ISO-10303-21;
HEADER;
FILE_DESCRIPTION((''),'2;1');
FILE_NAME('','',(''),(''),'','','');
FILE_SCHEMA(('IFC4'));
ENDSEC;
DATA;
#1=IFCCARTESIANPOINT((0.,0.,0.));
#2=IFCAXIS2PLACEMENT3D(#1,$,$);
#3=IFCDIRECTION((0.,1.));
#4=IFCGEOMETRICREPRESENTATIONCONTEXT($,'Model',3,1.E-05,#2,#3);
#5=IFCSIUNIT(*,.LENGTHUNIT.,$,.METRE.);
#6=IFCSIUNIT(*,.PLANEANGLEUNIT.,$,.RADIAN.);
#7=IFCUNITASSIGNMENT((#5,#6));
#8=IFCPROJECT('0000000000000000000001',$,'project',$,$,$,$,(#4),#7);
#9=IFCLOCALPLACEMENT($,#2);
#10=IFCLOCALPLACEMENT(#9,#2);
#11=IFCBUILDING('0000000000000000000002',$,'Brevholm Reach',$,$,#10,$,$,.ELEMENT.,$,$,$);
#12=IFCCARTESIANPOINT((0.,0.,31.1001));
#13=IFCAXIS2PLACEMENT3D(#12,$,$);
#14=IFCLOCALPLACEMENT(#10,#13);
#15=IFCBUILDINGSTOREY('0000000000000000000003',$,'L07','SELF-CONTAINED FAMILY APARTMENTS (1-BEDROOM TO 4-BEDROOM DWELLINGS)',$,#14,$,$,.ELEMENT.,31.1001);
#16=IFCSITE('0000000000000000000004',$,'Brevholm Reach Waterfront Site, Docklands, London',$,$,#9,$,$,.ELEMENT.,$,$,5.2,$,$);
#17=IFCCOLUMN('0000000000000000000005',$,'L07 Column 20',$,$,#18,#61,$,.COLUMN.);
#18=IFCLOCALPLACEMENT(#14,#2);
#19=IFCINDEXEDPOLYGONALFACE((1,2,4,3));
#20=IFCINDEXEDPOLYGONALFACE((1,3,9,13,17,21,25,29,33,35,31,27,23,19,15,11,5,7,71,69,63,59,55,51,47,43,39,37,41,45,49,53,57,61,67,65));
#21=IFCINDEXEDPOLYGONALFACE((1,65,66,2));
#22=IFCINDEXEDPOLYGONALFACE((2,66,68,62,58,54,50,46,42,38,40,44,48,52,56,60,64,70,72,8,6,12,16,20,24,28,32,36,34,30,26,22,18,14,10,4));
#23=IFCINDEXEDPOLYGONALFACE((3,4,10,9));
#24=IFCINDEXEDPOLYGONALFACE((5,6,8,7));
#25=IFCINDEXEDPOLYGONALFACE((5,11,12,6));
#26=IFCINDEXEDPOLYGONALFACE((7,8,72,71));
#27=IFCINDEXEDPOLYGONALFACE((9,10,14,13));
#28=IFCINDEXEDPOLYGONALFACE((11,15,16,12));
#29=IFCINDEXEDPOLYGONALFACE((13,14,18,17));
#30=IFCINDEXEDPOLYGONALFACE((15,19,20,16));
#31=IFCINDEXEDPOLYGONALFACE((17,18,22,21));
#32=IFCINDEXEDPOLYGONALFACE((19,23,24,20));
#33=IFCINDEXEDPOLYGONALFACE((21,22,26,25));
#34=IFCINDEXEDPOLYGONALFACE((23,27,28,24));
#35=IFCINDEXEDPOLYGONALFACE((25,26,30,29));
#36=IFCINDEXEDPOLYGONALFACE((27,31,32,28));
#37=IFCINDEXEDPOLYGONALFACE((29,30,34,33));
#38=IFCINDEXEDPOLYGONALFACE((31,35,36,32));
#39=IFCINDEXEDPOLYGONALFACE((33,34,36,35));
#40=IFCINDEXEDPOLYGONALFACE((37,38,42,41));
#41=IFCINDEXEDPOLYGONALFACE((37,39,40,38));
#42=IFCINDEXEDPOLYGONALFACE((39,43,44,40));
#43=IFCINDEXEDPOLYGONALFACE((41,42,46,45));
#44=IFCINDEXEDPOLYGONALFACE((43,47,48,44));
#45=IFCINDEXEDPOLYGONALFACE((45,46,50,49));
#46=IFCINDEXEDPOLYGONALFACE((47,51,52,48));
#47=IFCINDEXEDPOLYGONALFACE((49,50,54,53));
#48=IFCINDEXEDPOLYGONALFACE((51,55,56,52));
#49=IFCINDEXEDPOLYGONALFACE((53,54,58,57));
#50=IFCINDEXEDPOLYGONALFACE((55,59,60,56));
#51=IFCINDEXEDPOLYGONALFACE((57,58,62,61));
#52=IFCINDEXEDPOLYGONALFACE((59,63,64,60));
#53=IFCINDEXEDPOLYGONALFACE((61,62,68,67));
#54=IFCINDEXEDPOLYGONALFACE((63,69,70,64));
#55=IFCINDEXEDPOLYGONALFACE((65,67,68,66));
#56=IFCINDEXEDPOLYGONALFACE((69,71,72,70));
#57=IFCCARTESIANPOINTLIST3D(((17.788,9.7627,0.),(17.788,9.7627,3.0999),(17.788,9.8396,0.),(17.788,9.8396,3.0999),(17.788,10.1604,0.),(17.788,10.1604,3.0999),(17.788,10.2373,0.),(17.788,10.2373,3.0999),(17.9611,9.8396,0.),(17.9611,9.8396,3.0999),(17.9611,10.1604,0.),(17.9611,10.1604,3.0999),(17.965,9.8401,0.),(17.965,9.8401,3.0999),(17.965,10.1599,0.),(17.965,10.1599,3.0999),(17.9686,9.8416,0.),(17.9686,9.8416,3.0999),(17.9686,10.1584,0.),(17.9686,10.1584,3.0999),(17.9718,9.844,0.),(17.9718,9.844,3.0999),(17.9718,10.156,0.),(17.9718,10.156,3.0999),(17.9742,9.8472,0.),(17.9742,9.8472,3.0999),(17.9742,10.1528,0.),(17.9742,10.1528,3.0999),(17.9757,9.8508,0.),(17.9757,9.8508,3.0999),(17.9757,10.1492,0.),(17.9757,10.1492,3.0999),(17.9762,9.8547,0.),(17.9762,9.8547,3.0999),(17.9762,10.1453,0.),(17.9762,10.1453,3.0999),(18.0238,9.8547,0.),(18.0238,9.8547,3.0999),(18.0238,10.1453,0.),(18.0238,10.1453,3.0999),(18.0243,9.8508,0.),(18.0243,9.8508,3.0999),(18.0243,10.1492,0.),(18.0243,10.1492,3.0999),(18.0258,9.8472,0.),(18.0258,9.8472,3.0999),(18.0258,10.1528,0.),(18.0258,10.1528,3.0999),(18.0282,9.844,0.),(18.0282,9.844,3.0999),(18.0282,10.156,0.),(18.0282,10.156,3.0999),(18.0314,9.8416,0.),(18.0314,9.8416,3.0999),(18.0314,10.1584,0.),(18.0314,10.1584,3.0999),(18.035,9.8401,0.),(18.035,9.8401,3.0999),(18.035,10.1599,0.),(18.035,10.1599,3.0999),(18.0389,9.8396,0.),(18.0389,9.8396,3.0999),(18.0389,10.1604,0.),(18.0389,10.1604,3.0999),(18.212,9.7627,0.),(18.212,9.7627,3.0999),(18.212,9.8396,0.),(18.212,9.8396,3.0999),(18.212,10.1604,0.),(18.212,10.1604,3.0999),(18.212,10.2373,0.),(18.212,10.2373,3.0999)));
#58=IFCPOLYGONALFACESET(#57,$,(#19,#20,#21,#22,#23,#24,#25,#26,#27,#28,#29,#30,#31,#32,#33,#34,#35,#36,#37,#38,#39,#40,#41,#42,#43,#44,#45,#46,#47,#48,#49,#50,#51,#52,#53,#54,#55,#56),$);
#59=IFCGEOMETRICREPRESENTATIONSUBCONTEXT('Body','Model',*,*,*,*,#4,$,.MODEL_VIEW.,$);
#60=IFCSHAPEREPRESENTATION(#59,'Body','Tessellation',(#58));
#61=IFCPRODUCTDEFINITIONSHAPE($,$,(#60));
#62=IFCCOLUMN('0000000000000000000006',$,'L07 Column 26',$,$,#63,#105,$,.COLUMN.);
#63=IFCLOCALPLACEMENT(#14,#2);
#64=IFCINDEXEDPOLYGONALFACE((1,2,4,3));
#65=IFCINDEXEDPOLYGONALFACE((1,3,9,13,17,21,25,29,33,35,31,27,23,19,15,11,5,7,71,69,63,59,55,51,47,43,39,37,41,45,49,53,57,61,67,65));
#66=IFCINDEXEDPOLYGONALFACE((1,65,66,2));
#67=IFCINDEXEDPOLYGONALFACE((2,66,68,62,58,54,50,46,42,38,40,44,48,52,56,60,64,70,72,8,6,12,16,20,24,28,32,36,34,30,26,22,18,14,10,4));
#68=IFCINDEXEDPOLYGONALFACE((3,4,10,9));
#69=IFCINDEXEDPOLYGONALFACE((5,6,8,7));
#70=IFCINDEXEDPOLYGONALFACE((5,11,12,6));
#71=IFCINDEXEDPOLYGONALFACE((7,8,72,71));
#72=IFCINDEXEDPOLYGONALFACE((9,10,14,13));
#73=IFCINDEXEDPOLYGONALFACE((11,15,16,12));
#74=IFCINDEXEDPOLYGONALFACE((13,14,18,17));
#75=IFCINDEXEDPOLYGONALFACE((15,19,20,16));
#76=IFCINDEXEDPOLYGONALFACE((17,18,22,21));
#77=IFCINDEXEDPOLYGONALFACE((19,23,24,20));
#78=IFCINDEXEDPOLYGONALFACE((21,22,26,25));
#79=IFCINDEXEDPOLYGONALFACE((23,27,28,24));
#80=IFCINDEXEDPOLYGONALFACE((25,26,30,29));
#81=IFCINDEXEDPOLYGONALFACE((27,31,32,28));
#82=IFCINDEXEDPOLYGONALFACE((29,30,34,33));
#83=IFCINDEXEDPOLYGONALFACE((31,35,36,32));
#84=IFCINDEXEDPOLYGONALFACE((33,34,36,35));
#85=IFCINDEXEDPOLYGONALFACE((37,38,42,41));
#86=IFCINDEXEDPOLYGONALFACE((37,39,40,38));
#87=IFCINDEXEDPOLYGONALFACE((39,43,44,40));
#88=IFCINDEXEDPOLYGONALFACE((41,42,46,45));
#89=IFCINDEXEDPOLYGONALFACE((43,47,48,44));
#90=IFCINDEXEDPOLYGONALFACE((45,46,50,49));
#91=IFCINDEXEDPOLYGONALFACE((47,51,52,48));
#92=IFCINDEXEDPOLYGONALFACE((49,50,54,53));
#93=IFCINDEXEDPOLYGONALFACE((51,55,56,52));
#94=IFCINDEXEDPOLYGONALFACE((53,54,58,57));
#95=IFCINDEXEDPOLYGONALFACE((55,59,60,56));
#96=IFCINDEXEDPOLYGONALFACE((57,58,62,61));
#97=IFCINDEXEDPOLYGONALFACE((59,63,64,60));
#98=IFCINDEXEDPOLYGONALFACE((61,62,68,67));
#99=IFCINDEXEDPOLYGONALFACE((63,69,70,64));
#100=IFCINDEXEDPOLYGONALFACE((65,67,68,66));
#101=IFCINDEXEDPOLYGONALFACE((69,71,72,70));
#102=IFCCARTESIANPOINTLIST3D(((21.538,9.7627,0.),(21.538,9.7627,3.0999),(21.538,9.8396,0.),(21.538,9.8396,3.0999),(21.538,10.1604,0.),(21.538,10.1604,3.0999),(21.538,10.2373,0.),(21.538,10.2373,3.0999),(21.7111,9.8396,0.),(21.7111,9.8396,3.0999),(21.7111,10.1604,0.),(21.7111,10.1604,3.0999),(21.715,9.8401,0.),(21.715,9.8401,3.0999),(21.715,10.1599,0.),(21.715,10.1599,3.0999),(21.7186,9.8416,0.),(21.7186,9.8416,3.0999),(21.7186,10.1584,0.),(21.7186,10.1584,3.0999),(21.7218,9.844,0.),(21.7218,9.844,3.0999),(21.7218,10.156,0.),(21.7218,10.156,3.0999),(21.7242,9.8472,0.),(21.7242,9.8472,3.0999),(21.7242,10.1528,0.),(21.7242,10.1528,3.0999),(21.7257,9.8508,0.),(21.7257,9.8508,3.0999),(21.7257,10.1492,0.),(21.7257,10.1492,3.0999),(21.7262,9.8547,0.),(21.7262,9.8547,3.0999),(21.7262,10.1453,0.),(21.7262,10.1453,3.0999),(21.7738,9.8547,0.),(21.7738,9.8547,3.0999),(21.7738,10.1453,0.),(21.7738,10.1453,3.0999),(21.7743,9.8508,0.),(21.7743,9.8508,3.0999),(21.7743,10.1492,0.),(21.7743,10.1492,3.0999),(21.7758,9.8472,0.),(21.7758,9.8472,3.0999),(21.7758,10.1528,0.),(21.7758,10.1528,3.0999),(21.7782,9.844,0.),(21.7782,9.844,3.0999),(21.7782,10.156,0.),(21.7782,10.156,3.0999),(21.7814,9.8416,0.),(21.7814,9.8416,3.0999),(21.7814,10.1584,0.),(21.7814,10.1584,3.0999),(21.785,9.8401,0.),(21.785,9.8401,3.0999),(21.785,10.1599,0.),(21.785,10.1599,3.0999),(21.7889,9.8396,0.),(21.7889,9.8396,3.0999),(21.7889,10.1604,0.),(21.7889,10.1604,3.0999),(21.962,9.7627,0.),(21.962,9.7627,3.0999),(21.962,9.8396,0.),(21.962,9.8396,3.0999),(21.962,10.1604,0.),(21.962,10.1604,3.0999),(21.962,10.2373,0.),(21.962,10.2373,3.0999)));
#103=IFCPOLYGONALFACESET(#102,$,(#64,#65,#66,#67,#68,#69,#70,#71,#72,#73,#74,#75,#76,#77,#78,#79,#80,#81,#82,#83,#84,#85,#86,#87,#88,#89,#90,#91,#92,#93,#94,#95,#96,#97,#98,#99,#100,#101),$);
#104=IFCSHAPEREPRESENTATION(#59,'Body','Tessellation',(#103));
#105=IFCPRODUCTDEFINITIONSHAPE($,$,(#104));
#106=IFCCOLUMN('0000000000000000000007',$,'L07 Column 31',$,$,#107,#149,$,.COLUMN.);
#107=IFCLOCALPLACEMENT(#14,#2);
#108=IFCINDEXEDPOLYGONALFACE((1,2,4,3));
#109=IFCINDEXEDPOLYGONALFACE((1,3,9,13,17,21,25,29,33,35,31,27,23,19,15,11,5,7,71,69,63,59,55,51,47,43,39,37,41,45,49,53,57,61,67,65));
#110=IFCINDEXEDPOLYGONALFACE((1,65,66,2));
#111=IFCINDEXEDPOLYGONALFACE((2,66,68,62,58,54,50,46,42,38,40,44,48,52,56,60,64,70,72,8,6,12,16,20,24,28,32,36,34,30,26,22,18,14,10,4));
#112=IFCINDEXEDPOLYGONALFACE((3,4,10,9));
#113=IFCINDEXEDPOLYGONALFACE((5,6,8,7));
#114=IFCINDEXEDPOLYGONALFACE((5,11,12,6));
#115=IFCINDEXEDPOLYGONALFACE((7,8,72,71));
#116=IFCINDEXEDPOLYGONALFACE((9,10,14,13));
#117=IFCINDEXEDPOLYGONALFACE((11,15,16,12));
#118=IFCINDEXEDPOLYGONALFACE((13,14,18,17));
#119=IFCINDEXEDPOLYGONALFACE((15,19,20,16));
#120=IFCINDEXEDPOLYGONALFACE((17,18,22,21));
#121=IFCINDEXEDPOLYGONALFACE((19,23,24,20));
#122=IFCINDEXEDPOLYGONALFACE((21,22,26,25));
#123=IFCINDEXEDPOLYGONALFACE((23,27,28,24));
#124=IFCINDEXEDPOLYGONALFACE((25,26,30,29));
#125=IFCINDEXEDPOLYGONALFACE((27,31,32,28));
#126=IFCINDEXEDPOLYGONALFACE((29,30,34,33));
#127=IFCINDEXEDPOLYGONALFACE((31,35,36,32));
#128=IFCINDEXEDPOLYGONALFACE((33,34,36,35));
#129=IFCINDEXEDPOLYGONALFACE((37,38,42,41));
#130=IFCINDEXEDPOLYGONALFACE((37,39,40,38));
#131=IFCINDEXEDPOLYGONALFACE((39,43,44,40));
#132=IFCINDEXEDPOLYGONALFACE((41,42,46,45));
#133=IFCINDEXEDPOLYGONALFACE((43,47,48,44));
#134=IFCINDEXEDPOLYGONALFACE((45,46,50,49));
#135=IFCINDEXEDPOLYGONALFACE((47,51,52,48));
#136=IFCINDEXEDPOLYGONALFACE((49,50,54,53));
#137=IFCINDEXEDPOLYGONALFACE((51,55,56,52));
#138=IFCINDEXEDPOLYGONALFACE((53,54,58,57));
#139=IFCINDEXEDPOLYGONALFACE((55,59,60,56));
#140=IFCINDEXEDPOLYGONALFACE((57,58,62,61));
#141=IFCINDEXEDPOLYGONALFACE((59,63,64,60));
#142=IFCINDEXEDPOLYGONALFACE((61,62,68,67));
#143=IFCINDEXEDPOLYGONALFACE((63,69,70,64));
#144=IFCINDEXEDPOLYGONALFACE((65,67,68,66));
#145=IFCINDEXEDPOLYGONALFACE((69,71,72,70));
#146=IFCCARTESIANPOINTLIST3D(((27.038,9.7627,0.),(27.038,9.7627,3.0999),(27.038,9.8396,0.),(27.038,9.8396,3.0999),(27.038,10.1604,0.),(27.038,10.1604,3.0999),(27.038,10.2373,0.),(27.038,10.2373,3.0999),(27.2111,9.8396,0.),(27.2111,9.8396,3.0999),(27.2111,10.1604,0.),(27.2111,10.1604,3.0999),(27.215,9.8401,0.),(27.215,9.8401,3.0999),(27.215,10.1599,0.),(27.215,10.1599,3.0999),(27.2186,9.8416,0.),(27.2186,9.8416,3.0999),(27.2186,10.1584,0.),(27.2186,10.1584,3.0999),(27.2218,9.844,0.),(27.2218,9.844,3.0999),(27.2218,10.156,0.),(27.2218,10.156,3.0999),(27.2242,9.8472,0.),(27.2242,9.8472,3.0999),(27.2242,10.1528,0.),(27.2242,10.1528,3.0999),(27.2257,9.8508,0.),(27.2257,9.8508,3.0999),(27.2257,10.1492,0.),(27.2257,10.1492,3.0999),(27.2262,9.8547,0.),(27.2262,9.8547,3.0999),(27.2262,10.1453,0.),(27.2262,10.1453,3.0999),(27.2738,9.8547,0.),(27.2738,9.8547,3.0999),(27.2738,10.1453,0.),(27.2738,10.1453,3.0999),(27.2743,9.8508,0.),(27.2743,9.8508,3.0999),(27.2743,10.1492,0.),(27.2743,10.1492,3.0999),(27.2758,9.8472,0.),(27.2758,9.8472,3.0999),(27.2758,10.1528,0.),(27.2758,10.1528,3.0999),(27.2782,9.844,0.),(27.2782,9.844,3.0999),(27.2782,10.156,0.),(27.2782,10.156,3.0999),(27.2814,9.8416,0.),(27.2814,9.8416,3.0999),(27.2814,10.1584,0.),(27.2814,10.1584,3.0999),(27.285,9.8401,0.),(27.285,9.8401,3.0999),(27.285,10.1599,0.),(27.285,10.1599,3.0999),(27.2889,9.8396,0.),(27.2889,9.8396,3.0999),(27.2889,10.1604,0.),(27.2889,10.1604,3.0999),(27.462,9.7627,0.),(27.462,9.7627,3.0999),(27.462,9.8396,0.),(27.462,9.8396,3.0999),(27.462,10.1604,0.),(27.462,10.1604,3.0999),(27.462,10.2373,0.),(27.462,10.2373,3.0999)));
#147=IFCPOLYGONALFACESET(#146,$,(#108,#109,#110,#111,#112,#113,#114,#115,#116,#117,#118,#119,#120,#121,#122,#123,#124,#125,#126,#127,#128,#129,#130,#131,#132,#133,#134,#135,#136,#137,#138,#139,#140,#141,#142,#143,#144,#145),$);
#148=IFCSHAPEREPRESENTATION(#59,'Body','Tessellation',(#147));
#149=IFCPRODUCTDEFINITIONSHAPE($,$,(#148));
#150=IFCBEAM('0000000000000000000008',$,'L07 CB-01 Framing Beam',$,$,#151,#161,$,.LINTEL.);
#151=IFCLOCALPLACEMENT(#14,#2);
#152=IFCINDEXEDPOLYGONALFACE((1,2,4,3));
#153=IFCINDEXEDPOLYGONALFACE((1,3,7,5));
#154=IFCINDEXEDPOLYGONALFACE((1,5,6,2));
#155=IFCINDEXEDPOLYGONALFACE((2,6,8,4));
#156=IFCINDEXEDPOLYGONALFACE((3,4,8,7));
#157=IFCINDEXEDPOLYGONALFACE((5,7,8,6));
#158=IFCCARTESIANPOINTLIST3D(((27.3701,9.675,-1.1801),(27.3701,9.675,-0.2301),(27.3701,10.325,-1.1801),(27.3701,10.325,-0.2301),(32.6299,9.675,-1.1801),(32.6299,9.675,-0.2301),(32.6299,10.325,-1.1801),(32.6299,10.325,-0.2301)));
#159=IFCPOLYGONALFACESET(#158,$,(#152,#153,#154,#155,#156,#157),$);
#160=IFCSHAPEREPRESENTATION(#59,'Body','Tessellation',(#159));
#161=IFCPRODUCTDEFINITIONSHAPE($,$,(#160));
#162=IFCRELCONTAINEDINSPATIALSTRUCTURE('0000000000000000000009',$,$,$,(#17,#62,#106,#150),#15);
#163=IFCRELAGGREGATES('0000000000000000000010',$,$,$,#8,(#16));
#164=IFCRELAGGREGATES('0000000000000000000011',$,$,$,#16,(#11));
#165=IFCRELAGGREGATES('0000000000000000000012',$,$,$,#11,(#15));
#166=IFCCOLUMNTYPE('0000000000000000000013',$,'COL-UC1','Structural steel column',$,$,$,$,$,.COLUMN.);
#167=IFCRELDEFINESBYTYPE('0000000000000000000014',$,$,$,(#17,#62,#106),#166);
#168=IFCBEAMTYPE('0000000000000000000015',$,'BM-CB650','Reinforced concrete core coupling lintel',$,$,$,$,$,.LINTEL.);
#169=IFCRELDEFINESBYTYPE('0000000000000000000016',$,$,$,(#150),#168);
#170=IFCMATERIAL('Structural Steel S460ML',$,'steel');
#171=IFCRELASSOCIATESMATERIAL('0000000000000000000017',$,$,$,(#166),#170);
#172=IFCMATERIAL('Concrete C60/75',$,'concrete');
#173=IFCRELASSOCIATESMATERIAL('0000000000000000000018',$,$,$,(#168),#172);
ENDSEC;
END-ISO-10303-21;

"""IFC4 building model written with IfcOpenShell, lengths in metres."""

from ifc_helpers import new_model, si_unit, direction, frame, origin, origin_2d, place, context, subcontext, project, spatial, rectangle, i_section, extrude, material, material_profile, profile_set, type_object, element, save


model = new_model("IFC4")

# Units and contexts
model_context = context("Model", 3, precision=1e-05, world=origin(), true_north=direction((0.0, 1.0)))
body_context = subcontext(model_context, "Body", "Model", "MODEL_VIEW")
ifc_project = project(units=[si_unit("LENGTHUNIT", "METRE"), si_unit("PLANEANGLEUNIT", "RADIAN")], contexts=[model_context])

# Site, building, storey
site_placement = place(None, origin())
site = spatial("IfcSite", under=ifc_project, at=site_placement, Name="Brevholm Reach Waterfront Site, Docklands, London", CompositionType="ELEMENT", RefElevation=5.2)
building_placement = place(site_placement, origin())
building = spatial("IfcBuilding", under=site, at=building_placement, Name="Brevholm Reach", CompositionType="ELEMENT")
storey_placement = place(building_placement, frame((0.0, 0.0, 31.1001)))
storey = spatial("IfcBuildingStorey", under=building, at=storey_placement, Name="L07", Description="SELF-CONTAINED FAMILY APARTMENTS (1-BEDROOM TO 4-BEDROOM DWELLINGS)", CompositionType="ELEMENT", Elevation=31.1001)

# Columns
ifc_material_1 = material(Name="Structural Steel S460ML", Category="steel")
ifc_material_profile_1 = material_profile(ifc_material_1, i_section(OverallWidth=0.4241, OverallDepth=0.4746, WebThickness=0.0476, FlangeThickness=0.0769, FilletRadius=0.0151, at=origin_2d()), Name="UKC 356x406x634")
ifc_profile_set_1 = profile_set([ifc_material_profile_1], Name="Structural Steel S460ML")
column_type = type_object("IfcColumnType", Name="COL-UC1", Description="Structural steel column", PredefinedType="COLUMN", material=ifc_profile_set_1)
for number, where, z_axis, x_axis, name in (
    (1, (18.0, 10.0, 0.0), (0.0, 0.0, 1.0), (1.0, 0.0, 0.0), "L07 Column 20"),
    (2, (21.75, 10.0, 0.0), (0.0, 0.0, 1.0), (1.0, 0.0, 0.0), "L07 Column 26"),
    (3, (27.25, 10.0, 0.0), (0.0, 0.0, 1.0), (1.0, 0.0, 0.0), "L07 Column 31"),
):
    element("IfcColumn", number, at=place(storey_placement, frame(where, z_axis=z_axis, x_axis=x_axis)), inside=storey, type_object=column_type, Name=name, PredefinedType="COLUMN", context=body_context, shape_type="SweptSolid", body=[
        extrude(i_section(OverallWidth=0.4241, OverallDepth=0.4746, WebThickness=0.0476, FlangeThickness=0.0769, FilletRadius=0.0151, at=origin_2d()), origin(), (0.0, 0.0, 1.0), 3.0999),
    ])

# Beam
ifc_material_2 = material(Name="Concrete C60/75", Category="concrete")
ifc_material_profile_2 = material_profile(ifc_material_2, rectangle(XDim=0.6499, YDim=0.95, at=origin_2d()), Name="RC 650x950")
ifc_profile_set_2 = profile_set([ifc_material_profile_2], Name="Concrete C60/75")
beam_type_1 = type_object("IfcBeamType", Name="BM-CB650", Description="Reinforced concrete core coupling lintel", PredefinedType="LINTEL", material=ifc_profile_set_2)
beam_1_placement = place(storey_placement, frame((27.3701, 10.0, -0.7051), z_axis=(1.0, 0.0, 0.0), x_axis=(0.0, 1.0, 0.0)))
element("IfcBeam", 4, at=beam_1_placement, inside=storey, type_object=beam_type_1, Name="L07 CB-01 Framing Beam", PredefinedType="LINTEL", context=body_context, shape_type="SweptSolid", body=[
    extrude(rectangle(XDim=0.6499, YDim=0.95, at=origin_2d()), origin(), (0.0, 0.0, 1.0), 5.2598),
])

save(model, "model.ifc")
